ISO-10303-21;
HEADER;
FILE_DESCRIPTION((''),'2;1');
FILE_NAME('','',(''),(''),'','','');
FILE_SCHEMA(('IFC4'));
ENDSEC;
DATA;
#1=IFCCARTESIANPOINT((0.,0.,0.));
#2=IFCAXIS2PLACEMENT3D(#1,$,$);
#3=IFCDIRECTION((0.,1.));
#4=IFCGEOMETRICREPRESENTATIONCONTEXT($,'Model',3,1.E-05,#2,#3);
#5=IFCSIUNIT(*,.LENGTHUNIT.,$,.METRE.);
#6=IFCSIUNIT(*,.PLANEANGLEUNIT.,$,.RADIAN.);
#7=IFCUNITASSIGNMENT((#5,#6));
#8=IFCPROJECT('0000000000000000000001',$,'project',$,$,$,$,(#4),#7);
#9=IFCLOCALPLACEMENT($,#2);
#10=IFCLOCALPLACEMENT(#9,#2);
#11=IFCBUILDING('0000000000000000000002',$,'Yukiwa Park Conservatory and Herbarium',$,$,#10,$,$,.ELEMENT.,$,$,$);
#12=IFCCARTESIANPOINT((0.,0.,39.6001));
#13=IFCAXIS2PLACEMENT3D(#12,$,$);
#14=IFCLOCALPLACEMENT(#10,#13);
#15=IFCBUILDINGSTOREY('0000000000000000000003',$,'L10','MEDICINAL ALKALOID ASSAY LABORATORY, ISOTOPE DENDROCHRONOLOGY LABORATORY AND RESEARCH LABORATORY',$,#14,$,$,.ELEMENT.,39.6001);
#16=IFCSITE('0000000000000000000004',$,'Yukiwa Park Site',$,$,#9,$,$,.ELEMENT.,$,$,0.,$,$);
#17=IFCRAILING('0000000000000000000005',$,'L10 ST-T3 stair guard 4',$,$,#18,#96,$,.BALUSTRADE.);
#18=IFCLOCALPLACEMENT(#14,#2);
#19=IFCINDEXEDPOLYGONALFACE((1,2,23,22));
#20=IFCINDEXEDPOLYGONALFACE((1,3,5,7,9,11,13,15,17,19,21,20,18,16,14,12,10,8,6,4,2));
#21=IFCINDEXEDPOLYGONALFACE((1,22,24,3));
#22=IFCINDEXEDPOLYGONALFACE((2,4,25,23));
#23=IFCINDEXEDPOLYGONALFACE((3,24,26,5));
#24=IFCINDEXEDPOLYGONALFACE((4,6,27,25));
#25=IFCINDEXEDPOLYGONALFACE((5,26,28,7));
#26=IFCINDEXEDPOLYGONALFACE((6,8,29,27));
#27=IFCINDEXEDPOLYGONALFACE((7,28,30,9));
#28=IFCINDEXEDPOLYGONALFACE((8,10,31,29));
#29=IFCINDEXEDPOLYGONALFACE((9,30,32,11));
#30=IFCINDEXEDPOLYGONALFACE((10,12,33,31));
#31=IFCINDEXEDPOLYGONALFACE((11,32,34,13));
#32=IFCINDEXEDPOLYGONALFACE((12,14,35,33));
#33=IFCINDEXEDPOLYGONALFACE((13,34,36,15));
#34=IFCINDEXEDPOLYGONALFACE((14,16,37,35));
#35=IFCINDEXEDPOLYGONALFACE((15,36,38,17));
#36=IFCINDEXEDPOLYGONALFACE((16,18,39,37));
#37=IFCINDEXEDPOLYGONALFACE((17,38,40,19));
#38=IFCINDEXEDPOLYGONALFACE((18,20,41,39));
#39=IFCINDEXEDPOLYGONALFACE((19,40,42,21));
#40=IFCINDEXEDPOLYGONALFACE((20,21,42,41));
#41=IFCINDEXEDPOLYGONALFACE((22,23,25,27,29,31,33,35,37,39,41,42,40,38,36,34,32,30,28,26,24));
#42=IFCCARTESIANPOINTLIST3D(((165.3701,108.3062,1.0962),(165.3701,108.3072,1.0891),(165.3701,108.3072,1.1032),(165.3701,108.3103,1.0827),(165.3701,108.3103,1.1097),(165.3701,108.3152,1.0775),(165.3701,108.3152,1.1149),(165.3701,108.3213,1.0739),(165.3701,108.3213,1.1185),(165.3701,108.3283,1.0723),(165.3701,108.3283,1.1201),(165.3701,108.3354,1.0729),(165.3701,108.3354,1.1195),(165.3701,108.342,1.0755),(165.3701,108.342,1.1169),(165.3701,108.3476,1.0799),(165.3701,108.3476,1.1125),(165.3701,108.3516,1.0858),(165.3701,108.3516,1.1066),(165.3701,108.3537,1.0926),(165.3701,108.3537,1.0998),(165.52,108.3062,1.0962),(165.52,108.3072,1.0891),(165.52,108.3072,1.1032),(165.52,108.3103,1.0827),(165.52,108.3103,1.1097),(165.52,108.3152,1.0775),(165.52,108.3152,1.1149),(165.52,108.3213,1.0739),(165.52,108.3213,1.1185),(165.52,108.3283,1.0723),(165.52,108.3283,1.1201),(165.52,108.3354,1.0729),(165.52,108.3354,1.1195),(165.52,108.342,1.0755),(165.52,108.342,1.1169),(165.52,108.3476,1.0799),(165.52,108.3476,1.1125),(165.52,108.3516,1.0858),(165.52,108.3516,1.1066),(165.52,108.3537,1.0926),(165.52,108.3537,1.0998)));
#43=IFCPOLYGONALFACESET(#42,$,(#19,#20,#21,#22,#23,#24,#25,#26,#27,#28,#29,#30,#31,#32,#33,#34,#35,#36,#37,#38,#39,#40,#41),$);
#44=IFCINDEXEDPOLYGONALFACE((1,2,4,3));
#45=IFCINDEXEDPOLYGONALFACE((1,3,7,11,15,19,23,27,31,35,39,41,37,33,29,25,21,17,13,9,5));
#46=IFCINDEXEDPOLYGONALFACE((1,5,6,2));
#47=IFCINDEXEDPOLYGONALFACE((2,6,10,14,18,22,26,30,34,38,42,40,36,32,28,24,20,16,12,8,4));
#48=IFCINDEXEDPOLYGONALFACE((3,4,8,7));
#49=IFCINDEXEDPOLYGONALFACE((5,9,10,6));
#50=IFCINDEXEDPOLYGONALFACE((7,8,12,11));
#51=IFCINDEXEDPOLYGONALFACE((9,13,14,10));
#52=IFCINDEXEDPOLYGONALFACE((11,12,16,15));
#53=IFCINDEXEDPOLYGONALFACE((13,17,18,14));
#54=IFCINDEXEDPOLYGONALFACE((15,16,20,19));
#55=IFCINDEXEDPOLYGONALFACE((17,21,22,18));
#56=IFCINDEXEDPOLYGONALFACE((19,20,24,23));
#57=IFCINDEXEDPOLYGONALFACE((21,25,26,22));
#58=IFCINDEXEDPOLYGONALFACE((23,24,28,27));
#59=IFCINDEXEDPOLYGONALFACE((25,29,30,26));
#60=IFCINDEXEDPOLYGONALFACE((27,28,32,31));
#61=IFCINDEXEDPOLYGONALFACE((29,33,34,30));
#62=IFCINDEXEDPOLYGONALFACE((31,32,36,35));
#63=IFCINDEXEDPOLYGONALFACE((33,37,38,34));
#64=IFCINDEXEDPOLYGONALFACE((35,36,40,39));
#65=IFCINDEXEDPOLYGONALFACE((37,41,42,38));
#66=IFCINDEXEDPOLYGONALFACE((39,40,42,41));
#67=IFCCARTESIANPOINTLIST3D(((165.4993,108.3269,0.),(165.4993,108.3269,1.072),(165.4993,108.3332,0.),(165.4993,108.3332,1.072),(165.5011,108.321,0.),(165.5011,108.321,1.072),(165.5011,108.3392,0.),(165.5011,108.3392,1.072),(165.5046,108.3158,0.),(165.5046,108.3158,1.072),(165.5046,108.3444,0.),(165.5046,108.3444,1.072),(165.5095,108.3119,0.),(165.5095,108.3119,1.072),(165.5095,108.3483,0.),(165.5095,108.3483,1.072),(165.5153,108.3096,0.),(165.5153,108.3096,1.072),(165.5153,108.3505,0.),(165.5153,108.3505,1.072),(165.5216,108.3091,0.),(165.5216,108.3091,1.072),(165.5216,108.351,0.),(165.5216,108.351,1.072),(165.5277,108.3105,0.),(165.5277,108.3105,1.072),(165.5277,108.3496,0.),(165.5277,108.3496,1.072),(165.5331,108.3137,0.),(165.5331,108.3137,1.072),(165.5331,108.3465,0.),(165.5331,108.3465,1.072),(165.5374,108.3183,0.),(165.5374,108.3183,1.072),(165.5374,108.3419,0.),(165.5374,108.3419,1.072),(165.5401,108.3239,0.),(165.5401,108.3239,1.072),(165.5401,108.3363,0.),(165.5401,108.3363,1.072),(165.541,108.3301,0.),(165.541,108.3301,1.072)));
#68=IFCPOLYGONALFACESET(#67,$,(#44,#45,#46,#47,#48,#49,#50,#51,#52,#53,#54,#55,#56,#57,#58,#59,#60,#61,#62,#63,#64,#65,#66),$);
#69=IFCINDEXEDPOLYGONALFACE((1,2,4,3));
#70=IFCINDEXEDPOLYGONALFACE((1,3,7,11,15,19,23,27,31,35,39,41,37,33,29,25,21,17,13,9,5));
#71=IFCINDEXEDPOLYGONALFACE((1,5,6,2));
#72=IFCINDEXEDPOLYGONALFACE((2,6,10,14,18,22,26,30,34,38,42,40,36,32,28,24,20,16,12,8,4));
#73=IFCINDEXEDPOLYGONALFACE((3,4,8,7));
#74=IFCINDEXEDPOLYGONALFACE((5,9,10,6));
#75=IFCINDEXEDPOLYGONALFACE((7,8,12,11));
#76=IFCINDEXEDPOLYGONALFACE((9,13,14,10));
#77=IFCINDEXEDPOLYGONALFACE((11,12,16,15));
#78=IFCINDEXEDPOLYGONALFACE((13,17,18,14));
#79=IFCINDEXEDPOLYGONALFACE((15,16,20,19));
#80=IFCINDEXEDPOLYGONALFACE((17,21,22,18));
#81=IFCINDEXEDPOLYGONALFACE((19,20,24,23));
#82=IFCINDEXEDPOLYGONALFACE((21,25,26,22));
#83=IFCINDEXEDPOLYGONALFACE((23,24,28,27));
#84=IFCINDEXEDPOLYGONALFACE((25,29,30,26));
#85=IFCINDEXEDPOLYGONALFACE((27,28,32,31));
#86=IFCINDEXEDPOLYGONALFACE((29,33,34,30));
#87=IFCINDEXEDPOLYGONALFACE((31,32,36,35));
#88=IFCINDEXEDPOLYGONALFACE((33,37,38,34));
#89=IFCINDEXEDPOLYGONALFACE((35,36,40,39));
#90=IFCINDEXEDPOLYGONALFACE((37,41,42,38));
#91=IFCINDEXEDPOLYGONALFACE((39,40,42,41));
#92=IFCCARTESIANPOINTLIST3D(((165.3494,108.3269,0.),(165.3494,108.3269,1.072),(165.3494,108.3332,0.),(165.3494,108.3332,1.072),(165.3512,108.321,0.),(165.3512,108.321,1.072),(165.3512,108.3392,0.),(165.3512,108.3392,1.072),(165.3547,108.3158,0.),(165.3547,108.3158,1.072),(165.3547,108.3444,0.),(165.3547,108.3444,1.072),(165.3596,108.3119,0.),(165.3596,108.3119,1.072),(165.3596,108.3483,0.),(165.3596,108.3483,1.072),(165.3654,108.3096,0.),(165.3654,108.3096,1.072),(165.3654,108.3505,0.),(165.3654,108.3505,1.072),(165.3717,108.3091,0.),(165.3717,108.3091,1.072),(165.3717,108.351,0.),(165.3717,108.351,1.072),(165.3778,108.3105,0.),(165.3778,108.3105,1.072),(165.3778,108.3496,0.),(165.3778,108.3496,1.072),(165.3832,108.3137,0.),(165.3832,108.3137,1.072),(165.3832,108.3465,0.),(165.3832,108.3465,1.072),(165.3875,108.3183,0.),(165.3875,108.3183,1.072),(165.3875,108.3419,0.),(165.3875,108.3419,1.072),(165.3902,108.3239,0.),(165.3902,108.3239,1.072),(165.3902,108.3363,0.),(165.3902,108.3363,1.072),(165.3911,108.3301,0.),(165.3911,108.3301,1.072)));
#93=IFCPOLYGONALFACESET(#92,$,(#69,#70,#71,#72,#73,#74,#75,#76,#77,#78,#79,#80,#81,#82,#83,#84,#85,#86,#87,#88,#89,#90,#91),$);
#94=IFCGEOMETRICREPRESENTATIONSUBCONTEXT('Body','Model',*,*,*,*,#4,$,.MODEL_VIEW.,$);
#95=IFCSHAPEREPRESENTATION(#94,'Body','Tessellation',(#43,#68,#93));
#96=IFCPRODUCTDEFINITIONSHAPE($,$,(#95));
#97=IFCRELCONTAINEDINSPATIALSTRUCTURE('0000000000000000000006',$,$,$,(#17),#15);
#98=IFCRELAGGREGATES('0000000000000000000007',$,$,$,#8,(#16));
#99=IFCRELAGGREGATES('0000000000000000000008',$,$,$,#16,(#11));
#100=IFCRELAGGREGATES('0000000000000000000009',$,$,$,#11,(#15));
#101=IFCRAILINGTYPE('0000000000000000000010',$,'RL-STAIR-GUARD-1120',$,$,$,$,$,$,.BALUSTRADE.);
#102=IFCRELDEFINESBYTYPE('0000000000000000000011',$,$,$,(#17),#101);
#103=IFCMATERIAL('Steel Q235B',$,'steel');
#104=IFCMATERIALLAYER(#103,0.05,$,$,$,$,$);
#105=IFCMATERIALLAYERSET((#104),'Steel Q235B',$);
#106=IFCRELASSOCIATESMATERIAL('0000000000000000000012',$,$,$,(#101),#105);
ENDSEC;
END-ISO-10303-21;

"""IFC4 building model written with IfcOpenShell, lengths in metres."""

from ifc_helpers import new_model, si_unit, direction, frame, origin, origin_2d, place, context, subcontext, project, spatial, circle, extrude, material, layer, layer_set, type_object, element, save


model = new_model("IFC4")

# Units and contexts
model_context = context("Model", 3, precision=1e-05, world=origin(), true_north=direction((0.0, 1.0)))
body_context = subcontext(model_context, "Body", "Model", "MODEL_VIEW")
ifc_project = project(units=[si_unit("LENGTHUNIT", "METRE"), si_unit("PLANEANGLEUNIT", "RADIAN")], contexts=[model_context])

# Site, building, storey
site_placement = place(None, origin())
site = spatial("IfcSite", under=ifc_project, at=site_placement, Name="Yukiwa Park Site", CompositionType="ELEMENT", RefElevation=0.0)
building_placement = place(site_placement, origin())
building = spatial("IfcBuilding", under=site, at=building_placement, Name="Yukiwa Park Conservatory and Herbarium", CompositionType="ELEMENT")
storey_placement = place(building_placement, frame((0.0, 0.0, 39.6001)))
storey = spatial("IfcBuildingStorey", under=building, at=storey_placement, Name="L10", Description="MEDICINAL ALKALOID ASSAY LABORATORY, ISOTOPE DENDROCHRONOLOGY LABORATORY AND RESEARCH LABORATORY", CompositionType="ELEMENT", Elevation=39.6001)

# Railing
ifc_material_1 = material(Name="Steel Q235B", Category="steel")
ifc_layer_1 = layer(ifc_material_1, 0.05)
ifc_layer_set_1 = layer_set([ifc_layer_1], Name="Steel Q235B")
railing_type_1 = type_object("IfcRailingType", Name="RL-STAIR-GUARD-1120", PredefinedType="BALUSTRADE", material=ifc_layer_set_1)
railing_1_placement = place(storey_placement, frame((165.52, 108.3301, 0.0)))
element("IfcRailing", 1, at=railing_1_placement, inside=storey, type_object=railing_type_1, Name="L10 ST-T3 stair guard 4", PredefinedType="BALUSTRADE", context=body_context, shape_type="SweptSolid", body=[
    extrude(circle(Radius=0.0239, at=origin_2d()), frame((0.0, 0.0, 1.0962), z_axis=(-1.0, 0.0, 0.0), x_axis=(0.0, -1.0, 0.0)), (0.0, 0.0, 1.0), 0.1499),
    extrude(circle(Radius=0.021, at=origin_2d()), origin(), (0.0, 0.0, 1.0), 1.072),
    extrude(circle(Radius=0.021, at=origin_2d()), frame((-0.1499, 0.0, 0.0)), (0.0, 0.0, 1.0), 1.072),
])

save(model, "model.ifc")
